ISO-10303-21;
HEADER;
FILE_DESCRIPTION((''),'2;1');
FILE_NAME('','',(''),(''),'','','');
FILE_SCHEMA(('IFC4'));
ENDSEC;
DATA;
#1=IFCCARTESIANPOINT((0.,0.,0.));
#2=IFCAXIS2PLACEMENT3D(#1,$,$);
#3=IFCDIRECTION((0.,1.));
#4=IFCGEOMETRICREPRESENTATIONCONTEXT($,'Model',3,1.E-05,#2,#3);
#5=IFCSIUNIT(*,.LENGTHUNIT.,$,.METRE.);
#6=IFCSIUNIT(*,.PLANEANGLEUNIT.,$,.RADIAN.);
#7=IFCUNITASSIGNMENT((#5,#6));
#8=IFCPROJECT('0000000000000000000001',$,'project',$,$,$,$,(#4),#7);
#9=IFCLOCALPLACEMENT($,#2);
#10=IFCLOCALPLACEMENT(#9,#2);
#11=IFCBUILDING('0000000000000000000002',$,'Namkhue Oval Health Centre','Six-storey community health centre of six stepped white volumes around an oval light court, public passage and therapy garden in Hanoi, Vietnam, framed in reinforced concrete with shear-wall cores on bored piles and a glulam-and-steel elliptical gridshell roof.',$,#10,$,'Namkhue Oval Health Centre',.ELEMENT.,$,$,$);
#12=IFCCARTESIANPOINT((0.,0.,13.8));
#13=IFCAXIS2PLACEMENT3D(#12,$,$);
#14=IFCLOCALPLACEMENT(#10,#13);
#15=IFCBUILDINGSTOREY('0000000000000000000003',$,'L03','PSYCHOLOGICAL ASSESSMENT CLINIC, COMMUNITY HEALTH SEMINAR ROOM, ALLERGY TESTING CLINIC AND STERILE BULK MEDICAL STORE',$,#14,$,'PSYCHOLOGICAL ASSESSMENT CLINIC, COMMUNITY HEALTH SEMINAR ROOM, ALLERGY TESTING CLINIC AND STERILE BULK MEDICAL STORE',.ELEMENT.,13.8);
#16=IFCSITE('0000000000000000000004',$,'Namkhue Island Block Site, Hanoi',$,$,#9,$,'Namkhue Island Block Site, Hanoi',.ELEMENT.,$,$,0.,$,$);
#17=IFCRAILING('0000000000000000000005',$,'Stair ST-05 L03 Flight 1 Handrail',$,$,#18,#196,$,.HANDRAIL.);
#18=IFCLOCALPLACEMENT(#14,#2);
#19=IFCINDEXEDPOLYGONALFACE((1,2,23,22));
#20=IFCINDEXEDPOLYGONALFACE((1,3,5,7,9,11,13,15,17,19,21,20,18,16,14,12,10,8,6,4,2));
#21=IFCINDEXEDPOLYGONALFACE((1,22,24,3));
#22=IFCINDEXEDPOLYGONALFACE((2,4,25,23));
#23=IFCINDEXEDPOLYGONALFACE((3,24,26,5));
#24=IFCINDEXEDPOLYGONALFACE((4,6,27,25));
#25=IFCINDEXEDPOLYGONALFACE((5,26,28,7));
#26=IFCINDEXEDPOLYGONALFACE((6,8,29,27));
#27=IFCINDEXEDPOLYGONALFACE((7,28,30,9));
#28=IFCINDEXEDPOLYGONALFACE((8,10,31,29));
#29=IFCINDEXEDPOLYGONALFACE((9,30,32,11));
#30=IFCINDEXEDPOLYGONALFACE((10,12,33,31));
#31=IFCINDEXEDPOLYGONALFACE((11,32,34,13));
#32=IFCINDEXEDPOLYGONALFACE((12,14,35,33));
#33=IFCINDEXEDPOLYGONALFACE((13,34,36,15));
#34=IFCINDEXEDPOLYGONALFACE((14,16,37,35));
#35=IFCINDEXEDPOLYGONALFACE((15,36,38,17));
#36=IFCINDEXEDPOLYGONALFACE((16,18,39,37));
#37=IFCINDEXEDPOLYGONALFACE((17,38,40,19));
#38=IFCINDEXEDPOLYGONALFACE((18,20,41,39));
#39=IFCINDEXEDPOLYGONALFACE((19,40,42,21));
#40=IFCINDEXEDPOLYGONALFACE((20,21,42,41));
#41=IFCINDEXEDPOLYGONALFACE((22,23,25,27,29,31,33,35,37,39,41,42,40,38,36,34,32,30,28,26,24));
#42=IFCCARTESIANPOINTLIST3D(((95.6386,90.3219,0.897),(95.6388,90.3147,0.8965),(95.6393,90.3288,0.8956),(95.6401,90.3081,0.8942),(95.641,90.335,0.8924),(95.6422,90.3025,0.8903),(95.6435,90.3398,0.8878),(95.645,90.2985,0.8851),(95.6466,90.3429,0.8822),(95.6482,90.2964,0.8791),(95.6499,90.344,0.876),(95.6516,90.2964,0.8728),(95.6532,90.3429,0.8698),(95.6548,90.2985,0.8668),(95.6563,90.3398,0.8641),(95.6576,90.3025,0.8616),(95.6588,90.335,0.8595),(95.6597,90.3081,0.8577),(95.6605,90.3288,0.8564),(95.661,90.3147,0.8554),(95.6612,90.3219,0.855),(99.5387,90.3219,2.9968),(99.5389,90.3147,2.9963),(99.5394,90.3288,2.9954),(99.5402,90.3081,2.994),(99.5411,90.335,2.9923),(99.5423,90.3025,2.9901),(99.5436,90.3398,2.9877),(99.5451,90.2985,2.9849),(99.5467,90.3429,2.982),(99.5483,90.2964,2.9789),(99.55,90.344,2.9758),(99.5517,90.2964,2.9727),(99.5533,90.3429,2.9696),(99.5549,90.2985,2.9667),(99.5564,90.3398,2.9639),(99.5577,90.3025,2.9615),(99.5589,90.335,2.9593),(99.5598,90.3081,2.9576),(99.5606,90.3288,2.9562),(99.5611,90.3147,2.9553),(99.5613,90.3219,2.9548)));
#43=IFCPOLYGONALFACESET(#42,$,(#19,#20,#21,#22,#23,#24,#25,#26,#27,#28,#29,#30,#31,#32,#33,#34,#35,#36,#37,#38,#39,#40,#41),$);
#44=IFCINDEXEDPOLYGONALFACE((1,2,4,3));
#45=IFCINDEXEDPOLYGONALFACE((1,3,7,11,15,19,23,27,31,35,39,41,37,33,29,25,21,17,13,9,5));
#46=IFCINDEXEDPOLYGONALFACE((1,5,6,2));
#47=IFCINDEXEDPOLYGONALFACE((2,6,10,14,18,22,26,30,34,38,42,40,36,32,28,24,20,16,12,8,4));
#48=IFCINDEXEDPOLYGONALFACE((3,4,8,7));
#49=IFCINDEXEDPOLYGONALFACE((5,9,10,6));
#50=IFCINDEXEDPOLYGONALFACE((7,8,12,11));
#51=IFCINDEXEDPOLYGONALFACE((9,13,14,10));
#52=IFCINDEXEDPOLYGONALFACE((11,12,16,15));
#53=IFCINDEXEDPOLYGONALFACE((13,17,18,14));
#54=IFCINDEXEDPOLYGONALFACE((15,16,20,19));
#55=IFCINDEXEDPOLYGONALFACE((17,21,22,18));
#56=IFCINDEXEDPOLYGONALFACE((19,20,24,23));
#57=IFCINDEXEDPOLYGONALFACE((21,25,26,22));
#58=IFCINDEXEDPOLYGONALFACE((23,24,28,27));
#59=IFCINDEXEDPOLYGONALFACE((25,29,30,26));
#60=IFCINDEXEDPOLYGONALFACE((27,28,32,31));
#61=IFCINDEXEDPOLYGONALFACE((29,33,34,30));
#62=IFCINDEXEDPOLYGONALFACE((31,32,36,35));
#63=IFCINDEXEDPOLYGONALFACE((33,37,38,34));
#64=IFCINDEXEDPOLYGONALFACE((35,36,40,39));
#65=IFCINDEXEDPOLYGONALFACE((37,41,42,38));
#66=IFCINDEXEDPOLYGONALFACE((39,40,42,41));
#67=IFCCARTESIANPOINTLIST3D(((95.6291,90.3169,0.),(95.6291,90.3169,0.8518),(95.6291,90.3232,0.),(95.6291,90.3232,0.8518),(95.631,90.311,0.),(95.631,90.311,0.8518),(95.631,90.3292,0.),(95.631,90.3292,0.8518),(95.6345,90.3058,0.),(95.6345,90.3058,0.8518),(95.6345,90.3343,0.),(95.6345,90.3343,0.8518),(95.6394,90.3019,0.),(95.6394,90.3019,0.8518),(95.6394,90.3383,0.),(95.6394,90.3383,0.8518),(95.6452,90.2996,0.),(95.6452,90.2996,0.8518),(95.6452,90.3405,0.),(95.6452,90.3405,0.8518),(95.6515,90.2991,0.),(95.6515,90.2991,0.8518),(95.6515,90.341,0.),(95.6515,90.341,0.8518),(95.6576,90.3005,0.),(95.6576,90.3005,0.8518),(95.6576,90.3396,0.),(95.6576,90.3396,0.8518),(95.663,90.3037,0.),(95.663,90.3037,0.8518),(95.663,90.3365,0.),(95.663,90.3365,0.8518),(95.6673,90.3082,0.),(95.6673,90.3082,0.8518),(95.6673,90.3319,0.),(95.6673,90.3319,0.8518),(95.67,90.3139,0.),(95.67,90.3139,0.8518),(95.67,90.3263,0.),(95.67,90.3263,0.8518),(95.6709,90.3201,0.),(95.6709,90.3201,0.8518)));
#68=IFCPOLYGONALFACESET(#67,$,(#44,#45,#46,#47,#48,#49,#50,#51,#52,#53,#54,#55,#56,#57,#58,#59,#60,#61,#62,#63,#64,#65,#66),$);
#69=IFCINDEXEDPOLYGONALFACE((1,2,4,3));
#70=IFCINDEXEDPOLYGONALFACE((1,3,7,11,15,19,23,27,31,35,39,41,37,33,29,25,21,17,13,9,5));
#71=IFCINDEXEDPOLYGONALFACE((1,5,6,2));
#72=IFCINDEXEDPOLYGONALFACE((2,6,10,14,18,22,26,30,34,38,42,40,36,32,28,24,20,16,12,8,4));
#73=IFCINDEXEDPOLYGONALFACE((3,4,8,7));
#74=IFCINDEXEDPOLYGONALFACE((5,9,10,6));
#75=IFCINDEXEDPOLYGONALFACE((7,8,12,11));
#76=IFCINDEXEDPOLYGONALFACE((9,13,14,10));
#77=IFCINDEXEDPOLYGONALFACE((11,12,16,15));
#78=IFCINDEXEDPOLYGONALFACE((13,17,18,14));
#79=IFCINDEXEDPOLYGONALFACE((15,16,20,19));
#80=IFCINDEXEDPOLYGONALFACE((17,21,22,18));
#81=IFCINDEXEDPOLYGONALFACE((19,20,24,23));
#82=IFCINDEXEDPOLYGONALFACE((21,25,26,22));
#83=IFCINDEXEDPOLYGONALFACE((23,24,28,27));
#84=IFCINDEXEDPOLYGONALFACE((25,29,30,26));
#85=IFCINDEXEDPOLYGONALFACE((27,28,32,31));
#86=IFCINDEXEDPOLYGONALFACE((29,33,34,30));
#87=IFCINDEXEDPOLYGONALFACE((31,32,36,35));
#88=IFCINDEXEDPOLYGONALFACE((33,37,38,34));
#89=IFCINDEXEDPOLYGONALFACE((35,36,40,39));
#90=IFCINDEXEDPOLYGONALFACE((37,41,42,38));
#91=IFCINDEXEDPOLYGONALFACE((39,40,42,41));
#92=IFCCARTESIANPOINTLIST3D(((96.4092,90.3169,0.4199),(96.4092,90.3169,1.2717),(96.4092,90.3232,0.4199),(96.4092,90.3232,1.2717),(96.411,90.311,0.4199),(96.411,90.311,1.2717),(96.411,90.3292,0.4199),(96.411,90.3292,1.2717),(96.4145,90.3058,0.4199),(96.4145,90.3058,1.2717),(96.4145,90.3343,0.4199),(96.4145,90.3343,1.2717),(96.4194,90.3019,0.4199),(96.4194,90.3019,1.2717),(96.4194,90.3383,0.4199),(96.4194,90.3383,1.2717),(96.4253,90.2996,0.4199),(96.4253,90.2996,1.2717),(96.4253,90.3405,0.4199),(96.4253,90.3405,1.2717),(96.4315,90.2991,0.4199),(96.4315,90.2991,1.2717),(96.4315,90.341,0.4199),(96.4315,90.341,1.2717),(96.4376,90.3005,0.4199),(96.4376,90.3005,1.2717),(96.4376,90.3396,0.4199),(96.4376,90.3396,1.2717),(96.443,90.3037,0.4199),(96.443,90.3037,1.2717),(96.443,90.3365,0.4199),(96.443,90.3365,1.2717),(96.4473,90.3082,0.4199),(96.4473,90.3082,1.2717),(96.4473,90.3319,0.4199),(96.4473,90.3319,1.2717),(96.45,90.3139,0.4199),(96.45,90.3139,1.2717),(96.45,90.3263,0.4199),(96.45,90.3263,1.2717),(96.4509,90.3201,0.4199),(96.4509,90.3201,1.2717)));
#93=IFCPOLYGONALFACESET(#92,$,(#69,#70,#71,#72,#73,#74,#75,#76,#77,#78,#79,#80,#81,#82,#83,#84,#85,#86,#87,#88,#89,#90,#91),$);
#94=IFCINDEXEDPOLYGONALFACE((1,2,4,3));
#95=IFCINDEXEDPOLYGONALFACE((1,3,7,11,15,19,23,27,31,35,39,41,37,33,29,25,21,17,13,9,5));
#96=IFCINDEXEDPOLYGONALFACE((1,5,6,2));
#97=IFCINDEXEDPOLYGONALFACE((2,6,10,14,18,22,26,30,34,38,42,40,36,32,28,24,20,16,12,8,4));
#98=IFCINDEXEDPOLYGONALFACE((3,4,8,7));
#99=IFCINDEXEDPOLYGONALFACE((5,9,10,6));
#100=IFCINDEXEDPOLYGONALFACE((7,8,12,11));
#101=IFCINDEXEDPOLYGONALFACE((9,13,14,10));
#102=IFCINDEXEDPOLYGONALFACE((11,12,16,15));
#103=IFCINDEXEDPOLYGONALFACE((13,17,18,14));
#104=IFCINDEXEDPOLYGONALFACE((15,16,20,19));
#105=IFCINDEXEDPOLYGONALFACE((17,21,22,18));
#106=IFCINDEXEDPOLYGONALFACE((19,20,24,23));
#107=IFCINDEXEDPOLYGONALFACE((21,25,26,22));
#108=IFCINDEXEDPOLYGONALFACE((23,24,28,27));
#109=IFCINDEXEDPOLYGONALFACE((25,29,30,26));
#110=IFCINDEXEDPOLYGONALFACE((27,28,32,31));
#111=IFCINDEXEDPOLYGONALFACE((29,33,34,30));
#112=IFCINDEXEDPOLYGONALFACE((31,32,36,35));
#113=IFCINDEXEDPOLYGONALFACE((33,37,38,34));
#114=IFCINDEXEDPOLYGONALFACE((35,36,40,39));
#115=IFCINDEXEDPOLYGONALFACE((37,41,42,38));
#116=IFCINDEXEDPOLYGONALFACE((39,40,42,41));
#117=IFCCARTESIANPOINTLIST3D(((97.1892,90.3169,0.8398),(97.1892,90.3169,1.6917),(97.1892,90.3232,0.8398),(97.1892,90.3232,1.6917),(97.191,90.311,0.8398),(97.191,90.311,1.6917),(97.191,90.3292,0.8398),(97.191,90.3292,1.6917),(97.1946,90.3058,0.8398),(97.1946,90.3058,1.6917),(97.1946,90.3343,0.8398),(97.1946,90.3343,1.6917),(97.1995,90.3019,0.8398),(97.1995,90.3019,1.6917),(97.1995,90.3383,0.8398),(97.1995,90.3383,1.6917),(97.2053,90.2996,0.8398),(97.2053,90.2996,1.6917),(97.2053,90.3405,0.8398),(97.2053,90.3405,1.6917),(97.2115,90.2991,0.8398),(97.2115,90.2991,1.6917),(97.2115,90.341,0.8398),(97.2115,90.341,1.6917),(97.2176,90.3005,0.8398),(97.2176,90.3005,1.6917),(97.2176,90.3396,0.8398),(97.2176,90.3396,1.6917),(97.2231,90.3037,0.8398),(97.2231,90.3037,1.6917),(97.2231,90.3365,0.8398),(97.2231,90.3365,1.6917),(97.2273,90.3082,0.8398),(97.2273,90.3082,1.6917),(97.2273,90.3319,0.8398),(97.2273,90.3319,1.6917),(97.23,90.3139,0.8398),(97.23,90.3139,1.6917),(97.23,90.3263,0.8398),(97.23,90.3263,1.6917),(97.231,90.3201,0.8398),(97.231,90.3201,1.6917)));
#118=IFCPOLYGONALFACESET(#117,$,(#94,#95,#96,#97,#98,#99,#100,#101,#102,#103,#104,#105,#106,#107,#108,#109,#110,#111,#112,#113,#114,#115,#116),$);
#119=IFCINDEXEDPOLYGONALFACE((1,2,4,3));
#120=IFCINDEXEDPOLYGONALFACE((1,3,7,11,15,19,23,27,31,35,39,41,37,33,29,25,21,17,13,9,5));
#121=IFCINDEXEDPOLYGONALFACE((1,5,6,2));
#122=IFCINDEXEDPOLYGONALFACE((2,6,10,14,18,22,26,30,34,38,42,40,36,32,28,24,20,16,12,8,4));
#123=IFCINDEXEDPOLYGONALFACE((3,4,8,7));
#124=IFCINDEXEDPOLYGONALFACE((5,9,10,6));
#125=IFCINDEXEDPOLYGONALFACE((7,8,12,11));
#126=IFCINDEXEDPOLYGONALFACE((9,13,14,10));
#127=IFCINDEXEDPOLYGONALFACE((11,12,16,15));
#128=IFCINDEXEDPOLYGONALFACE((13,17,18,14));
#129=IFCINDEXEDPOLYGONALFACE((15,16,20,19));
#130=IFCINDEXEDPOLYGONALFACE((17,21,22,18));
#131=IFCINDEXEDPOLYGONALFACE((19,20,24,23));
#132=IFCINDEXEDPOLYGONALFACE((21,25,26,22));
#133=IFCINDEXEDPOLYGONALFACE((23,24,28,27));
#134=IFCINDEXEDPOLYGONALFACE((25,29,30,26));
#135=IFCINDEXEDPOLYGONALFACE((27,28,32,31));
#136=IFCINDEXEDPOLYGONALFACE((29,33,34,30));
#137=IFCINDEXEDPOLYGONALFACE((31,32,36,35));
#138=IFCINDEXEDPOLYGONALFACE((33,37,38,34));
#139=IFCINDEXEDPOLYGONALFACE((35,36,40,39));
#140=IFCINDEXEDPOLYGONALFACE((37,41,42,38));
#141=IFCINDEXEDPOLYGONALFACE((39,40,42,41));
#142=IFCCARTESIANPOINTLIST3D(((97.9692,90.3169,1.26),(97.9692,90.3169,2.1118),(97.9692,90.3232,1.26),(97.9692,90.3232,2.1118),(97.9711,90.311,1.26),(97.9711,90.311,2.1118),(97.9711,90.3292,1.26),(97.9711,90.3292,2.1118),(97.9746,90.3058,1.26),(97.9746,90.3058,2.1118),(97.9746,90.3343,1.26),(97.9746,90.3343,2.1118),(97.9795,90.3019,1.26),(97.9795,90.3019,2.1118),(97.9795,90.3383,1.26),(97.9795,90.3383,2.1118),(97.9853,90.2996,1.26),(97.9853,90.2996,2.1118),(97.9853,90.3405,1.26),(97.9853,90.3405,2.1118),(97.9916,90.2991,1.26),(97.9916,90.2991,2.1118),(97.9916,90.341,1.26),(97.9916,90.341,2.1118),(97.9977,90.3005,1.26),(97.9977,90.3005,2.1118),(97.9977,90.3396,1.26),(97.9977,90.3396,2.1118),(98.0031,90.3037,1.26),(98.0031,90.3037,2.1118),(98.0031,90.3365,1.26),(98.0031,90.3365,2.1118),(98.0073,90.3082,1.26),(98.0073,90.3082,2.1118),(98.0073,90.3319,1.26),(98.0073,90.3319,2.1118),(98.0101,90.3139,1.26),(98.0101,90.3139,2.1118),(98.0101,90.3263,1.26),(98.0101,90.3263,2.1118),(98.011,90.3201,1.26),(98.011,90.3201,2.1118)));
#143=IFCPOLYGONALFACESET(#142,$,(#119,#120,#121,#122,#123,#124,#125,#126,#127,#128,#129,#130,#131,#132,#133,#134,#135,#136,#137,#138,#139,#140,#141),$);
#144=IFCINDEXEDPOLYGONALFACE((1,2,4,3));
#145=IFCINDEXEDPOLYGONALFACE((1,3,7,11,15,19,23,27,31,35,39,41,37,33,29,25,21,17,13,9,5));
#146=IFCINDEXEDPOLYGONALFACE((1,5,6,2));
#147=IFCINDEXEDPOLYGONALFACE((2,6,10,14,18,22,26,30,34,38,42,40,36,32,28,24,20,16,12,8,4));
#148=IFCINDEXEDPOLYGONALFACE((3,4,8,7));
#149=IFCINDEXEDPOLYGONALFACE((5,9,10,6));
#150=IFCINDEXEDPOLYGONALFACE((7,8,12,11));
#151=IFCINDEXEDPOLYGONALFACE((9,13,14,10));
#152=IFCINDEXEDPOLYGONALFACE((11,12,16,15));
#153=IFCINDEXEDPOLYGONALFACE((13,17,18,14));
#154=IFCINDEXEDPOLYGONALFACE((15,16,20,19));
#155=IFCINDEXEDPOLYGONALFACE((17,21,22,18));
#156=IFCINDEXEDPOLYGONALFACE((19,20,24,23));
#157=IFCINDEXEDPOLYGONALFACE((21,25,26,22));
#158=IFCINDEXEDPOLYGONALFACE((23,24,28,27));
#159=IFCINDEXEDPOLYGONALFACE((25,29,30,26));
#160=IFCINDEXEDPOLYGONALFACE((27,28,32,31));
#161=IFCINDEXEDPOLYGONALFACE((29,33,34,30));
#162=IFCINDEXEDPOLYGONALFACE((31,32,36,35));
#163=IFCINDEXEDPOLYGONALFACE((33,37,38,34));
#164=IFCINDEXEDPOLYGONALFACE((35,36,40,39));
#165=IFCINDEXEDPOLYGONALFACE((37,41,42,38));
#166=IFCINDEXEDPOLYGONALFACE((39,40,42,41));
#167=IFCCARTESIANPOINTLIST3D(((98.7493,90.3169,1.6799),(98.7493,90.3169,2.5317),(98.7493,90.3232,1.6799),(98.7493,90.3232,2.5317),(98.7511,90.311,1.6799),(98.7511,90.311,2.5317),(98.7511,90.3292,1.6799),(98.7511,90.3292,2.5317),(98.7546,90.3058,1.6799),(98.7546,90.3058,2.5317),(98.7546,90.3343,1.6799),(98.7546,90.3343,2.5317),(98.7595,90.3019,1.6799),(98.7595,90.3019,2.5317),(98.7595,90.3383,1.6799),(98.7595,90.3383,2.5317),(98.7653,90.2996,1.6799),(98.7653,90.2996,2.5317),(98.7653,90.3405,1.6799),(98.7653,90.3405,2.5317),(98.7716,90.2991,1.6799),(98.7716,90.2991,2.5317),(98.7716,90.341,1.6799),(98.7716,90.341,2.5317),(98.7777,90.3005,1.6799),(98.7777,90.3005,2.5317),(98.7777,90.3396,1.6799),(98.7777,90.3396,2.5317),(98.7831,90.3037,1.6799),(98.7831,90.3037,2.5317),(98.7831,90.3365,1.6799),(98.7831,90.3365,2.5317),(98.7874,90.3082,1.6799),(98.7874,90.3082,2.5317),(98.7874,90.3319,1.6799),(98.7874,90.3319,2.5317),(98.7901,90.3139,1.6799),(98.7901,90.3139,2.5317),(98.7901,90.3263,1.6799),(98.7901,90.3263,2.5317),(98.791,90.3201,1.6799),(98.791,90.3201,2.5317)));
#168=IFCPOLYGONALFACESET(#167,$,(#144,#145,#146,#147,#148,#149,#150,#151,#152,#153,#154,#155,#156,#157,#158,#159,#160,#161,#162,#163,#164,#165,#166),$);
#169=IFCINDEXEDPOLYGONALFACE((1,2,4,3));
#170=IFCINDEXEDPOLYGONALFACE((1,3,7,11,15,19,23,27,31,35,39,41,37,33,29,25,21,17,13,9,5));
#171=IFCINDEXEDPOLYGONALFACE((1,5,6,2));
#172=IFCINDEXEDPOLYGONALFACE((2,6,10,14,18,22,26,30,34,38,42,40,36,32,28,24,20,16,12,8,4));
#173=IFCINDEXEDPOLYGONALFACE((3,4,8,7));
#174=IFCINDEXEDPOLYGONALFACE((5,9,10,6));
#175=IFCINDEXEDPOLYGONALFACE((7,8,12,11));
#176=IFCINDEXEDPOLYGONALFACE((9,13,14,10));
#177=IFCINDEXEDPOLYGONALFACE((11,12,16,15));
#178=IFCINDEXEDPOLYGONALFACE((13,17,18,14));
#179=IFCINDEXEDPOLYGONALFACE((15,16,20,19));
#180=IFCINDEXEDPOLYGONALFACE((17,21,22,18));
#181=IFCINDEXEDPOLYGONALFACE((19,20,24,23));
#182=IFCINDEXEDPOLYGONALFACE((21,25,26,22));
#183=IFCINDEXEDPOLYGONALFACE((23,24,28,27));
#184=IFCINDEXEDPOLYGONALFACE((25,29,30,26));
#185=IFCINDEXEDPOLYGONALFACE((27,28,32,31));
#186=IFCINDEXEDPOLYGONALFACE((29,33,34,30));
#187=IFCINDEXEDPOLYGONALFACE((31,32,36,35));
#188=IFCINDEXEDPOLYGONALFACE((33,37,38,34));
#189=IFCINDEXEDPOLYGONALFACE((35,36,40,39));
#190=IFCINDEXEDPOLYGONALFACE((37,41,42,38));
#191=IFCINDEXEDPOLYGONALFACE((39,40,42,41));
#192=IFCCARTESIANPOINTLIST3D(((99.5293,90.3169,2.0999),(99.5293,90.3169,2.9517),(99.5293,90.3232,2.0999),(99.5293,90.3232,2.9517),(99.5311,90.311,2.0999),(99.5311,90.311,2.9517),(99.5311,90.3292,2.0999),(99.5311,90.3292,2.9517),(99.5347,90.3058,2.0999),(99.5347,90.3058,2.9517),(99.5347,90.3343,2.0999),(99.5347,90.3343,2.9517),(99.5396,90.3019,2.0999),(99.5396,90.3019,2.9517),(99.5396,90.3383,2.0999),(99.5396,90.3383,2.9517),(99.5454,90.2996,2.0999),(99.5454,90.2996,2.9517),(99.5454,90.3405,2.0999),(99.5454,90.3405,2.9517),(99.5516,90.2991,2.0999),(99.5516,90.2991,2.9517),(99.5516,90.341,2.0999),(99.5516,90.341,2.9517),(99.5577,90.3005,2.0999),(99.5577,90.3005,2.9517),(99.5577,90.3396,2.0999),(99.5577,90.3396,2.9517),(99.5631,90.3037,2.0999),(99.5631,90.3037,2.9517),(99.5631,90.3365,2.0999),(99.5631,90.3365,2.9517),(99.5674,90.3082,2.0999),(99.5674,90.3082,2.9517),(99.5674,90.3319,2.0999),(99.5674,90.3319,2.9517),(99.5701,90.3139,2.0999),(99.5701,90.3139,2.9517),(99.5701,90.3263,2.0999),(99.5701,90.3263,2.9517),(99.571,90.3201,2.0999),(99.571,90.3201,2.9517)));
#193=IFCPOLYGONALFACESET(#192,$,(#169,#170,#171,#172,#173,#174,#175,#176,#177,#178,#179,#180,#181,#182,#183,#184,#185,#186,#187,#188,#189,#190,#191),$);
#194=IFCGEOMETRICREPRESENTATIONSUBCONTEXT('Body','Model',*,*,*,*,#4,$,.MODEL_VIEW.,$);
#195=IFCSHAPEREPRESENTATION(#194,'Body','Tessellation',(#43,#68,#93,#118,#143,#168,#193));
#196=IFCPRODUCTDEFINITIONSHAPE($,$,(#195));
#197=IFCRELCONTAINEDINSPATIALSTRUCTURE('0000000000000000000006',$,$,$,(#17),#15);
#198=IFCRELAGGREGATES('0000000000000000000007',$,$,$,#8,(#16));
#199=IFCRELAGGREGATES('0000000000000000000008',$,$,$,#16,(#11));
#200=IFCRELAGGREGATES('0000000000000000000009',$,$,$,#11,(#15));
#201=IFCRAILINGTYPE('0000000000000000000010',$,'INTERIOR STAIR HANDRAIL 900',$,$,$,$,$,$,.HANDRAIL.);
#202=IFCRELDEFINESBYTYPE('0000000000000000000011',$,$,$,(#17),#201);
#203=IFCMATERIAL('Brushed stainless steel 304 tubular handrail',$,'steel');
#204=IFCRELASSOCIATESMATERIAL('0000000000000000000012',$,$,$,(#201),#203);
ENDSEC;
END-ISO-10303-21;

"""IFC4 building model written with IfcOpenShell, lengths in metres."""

from ifc_helpers import new_model, si_unit, direction, frame, origin, origin_2d, place, context, subcontext, project, spatial, circle, extrude, material, type_object, element, save


model = new_model("IFC4")

# Units and contexts
model_context = context("Model", 3, precision=1e-05, world=origin(), true_north=direction((0.0, 1.0)))
body_context = subcontext(model_context, "Body", "Model", "MODEL_VIEW")
ifc_project = project(units=[si_unit("LENGTHUNIT", "METRE"), si_unit("PLANEANGLEUNIT", "RADIAN")], contexts=[model_context])

# Site, building, storey
site_placement = place(None, origin())
site = spatial("IfcSite", under=ifc_project, at=site_placement, Name="Namkhue Island Block Site, Hanoi", LongName="Namkhue Island Block Site, Hanoi", CompositionType="ELEMENT", RefElevation=0.0)
building_placement = place(site_placement, origin())
building = spatial("IfcBuilding", under=site, at=building_placement, Name="Namkhue Oval Health Centre", Description="Six-storey community health centre of six stepped white volumes around an oval light court, public passage and therapy garden in Hanoi, Vietnam, framed in reinforced concrete with shear-wall cores on bored piles and a glulam-and-steel elliptical gridshell roof.", LongName="Namkhue Oval Health Centre", CompositionType="ELEMENT")
storey_placement = place(building_placement, frame((0.0, 0.0, 13.8)))
storey = spatial("IfcBuildingStorey", under=building, at=storey_placement, Name="L03", Description="PSYCHOLOGICAL ASSESSMENT CLINIC, COMMUNITY HEALTH SEMINAR ROOM, ALLERGY TESTING CLINIC AND STERILE BULK MEDICAL STORE", LongName="PSYCHOLOGICAL ASSESSMENT CLINIC, COMMUNITY HEALTH SEMINAR ROOM, ALLERGY TESTING CLINIC AND STERILE BULK MEDICAL STORE", CompositionType="ELEMENT", Elevation=13.8)

# Railing
ifc_material_1 = material(Name="Brushed stainless steel 304 tubular handrail", Category="steel")
railing_type_1 = type_object("IfcRailingType", Name="INTERIOR STAIR HANDRAIL 900", PredefinedType="HANDRAIL", material=ifc_material_1)
railing_1_placement = place(storey_placement, frame((95.6499, 90.3201, 0.0)))
element("IfcRailing", 1, at=railing_1_placement, inside=storey, type_object=railing_type_1, Name="Stair ST-05 L03 Flight 1 Handrail", PredefinedType="HANDRAIL", context=body_context, shape_type="SweptSolid", body=[
    extrude(circle(Radius=0.0239, at=origin_2d()), frame((0.0, 0.0, 0.876), z_axis=(0.880492, 0.0, 0.47406), x_axis=(0.0, 1.0, 0.0)), (0.0, 0.0, 1.0), 4.4294),
    extrude(circle(Radius=0.021, at=origin_2d()), origin(), (0.0, 0.0, 1.0), 0.8518),
    extrude(circle(Radius=0.021, at=origin_2d()), frame((0.78, 0.0, 0.4199)), (0.0, 0.0, 1.0), 0.8518),
    extrude(circle(Radius=0.021, at=origin_2d()), frame((1.5601, 0.0, 0.8398)), (0.0, 0.0, 1.0), 0.8518),
    extrude(circle(Radius=0.021, at=origin_2d()), frame((2.3401, 0.0, 1.26)), (0.0, 0.0, 1.0), 0.8518),
    extrude(circle(Radius=0.021, at=origin_2d()), frame((3.1201, 0.0, 1.6799)), (0.0, 0.0, 1.0), 0.8518),
    extrude(circle(Radius=0.021, at=origin_2d()), frame((3.9001, 0.0, 2.0999)), (0.0, 0.0, 1.0), 0.8518),
])

save(model, "model.ifc")
